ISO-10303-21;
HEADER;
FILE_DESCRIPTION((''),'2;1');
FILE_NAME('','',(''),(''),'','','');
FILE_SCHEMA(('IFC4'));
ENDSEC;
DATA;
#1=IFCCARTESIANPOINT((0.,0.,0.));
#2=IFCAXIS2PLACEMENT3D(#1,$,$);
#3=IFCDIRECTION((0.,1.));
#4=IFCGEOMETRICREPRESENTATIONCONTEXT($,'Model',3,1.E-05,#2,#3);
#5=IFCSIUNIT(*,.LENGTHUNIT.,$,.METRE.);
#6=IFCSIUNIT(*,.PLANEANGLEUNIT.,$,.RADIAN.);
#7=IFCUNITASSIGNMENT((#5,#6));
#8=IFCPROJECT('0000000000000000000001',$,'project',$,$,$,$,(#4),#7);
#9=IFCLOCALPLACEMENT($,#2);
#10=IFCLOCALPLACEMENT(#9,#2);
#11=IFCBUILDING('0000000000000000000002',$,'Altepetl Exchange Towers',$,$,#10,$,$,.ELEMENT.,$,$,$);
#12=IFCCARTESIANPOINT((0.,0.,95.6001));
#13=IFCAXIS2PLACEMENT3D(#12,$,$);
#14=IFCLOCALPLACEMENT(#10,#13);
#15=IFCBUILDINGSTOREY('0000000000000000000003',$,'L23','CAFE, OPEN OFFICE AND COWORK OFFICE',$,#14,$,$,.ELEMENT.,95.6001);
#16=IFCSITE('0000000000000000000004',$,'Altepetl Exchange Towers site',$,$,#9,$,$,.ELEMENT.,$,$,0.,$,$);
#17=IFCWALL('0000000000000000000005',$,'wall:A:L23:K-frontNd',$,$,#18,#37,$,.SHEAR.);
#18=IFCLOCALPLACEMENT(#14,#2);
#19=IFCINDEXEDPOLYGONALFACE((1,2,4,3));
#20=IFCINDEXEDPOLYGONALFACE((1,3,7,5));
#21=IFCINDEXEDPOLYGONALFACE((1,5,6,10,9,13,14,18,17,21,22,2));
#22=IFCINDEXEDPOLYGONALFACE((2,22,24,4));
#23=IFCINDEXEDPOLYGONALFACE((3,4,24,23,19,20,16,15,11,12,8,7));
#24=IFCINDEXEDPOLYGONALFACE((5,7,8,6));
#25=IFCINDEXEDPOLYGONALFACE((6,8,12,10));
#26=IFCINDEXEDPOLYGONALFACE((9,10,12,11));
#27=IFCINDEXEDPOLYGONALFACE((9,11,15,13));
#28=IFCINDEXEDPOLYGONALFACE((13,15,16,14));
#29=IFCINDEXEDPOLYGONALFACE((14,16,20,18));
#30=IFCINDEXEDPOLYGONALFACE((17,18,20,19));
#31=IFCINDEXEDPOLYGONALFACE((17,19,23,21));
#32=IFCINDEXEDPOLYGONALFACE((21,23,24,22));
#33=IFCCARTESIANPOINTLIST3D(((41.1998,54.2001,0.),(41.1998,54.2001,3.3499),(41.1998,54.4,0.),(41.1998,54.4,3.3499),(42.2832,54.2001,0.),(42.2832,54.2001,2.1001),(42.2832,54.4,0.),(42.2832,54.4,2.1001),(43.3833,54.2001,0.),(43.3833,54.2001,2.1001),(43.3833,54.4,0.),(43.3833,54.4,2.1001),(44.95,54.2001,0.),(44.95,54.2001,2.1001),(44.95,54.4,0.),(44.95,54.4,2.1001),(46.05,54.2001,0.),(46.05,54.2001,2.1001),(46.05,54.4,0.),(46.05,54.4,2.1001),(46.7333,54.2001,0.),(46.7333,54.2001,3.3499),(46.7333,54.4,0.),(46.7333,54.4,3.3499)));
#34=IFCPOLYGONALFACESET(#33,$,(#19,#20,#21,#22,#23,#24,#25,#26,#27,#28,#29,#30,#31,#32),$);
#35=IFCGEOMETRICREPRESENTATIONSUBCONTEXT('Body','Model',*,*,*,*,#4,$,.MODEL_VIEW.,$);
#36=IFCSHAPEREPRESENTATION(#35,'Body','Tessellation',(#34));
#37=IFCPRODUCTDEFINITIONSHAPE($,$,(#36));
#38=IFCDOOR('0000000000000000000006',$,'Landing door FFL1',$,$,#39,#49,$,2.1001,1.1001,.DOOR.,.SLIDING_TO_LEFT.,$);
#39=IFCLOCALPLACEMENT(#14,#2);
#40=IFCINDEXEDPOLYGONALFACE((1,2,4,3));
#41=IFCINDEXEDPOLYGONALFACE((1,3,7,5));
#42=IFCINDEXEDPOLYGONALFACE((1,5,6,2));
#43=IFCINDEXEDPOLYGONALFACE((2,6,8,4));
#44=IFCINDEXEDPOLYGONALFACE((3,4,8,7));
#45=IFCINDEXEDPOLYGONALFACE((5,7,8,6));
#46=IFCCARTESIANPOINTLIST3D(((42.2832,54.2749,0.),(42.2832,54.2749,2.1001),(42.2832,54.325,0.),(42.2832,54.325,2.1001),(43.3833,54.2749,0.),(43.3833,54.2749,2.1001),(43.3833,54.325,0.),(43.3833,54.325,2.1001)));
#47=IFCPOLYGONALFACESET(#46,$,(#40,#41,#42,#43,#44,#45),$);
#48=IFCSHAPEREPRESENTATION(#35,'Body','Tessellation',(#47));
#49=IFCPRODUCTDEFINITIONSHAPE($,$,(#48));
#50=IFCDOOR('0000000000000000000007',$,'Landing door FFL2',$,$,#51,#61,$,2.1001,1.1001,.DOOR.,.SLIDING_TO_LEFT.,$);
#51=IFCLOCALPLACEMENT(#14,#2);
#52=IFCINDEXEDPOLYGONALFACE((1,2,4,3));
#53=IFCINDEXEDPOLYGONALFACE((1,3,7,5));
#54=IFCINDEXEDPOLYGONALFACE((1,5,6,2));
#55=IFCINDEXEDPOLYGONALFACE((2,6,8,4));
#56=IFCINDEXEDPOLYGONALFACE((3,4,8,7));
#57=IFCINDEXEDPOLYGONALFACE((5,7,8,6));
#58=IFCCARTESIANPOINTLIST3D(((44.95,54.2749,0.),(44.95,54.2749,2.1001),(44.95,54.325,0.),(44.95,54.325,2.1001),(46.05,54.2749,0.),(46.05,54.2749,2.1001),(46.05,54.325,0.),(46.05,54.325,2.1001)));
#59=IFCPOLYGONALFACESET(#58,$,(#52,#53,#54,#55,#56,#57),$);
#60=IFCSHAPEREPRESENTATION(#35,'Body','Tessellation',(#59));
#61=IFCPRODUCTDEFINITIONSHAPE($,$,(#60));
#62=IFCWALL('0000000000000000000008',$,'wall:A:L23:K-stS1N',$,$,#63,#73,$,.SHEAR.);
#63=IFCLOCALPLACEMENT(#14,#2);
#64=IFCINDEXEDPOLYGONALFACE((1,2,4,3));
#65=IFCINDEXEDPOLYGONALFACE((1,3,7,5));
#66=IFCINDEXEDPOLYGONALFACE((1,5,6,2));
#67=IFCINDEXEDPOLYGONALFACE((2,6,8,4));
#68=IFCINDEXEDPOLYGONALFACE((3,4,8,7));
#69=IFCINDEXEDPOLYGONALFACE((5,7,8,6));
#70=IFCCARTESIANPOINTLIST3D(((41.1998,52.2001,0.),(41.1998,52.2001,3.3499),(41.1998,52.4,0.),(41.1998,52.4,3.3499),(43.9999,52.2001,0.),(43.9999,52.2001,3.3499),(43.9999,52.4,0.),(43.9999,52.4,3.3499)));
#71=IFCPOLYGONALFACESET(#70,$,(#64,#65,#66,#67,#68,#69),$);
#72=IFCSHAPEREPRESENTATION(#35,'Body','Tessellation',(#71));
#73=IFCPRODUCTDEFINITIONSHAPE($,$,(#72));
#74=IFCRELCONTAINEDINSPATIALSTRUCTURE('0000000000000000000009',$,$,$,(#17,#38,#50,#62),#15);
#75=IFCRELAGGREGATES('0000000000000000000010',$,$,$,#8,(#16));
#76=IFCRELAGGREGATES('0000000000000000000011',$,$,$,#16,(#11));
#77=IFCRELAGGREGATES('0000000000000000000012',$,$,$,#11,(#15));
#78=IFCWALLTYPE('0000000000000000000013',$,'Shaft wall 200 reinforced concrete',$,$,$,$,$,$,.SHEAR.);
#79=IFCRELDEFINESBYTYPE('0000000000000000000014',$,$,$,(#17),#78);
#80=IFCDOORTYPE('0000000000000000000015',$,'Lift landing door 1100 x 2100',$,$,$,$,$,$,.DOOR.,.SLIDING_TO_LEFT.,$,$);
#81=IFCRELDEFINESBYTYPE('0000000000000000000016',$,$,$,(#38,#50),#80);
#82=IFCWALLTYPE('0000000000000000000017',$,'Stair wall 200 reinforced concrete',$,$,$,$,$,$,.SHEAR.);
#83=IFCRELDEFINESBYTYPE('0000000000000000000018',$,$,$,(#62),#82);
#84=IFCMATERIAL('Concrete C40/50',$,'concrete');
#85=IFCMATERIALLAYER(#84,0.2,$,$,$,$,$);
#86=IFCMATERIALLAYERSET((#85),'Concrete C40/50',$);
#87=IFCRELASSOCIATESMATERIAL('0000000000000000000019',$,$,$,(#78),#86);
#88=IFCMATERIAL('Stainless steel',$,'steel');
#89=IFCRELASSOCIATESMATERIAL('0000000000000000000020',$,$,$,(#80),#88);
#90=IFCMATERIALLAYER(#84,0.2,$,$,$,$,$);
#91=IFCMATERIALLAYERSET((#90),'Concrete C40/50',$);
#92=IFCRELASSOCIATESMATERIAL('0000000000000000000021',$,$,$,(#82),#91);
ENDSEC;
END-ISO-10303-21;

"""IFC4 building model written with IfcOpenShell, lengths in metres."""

from ifc_helpers import new_model, si_unit, direction, frame, frame_2d, origin, place, context, subcontext, project, spatial, rectangle, extrude, material, layer, layer_set, type_object, element, fill, save


model = new_model("IFC4")

# Units and contexts
model_context = context("Model", 3, precision=1e-05, world=origin(), true_north=direction((0.0, 1.0)))
body_context = subcontext(model_context, "Body", "Model", "MODEL_VIEW")
ifc_project = project(units=[si_unit("LENGTHUNIT", "METRE"), si_unit("PLANEANGLEUNIT", "RADIAN")], contexts=[model_context])

# Site, building, storey
site_placement = place(None, origin())
site = spatial("IfcSite", under=ifc_project, at=site_placement, Name="Altepetl Exchange Towers site", CompositionType="ELEMENT", RefElevation=0.0)
building_placement = place(site_placement, origin())
building = spatial("IfcBuilding", under=site, at=building_placement, Name="Altepetl Exchange Towers", CompositionType="ELEMENT")
storey_placement = place(building_placement, frame((0.0, 0.0, 95.6001)))
storey = spatial("IfcBuildingStorey", under=building, at=storey_placement, Name="L23", Description="CAFE, OPEN OFFICE AND COWORK OFFICE", CompositionType="ELEMENT", Elevation=95.6001)

# Shared definitions
ifc_material_1 = material(Name="Concrete C40/50", Category="concrete")
ifc_layer_1 = layer(ifc_material_1, 0.2)
ifc_layer_set_1 = layer_set([ifc_layer_1], Name="Concrete C40/50")
wall_type_1 = type_object("IfcWallType", Name="Shaft wall 200 reinforced concrete", PredefinedType="SHEAR", material=ifc_layer_set_1)

# Wall, openings, doors
wall_1_placement = place(storey_placement, frame((41.2, 54.3, 0.0)))
wall_1 = element("IfcWall", 1, at=wall_1_placement, inside=storey, type_object=wall_type_1, Name="wall:A:L23:K-frontNd", PredefinedType="SHEAR", context=body_context, shape_type="SweptSolid", body=[
    extrude(rectangle(XDim=5.5334, YDim=0.2, at=frame_2d((2.7666, 0.0))), origin(), (0.0, 0.0, 1.0), 3.3499),
])
opening_1_placement = place(wall_1_placement, frame((1.0833, 0.0, 0.0)))
opening_1 = element("IfcOpeningElement", 2, at=opening_1_placement, cuts=wall_1, PredefinedType="OPENING", context=body_context, shape_type="SweptSolid", body=[
    extrude(rectangle(XDim=1.1001, YDim=2.1001, at=frame_2d((0.55, 1.05))), frame((0.0, 0.1099, 0.0), z_axis=(0.0, -1.0, 0.0), x_axis=(1.0, 0.0, 0.0)), (0.0, 0.0, 1.0), 0.22),
])
opening_2_placement = place(wall_1_placement, frame((3.75, 0.0, 0.0)))
opening_2 = element("IfcOpeningElement", 3, at=opening_2_placement, cuts=wall_1, PredefinedType="OPENING", context=body_context, shape_type="SweptSolid", body=[
    extrude(rectangle(XDim=1.1001, YDim=2.1001, at=frame_2d((0.55, 1.05))), frame((0.0, 0.1099, 0.0), z_axis=(0.0, -1.0, 0.0), x_axis=(1.0, 0.0, 0.0)), (0.0, 0.0, 1.0), 0.22),
])
ifc_material_2 = material(Name="Stainless steel", Category="steel")
door_type_1 = type_object("IfcDoorType", Name="Lift landing door 1100 x 2100", OperationType="SLIDING_TO_LEFT", PredefinedType="DOOR", material=ifc_material_2)
door_1_placement = place(opening_1_placement, origin())
door_1 = element("IfcDoor", 4, at=door_1_placement, inside=storey, type_object=door_type_1, Name="Landing door FFL1", OperationType="SLIDING_TO_LEFT", OverallHeight=2.1001, OverallWidth=1.1001, PredefinedType="DOOR", context=body_context, shape_type="SweptSolid", body=[
    extrude(rectangle(XDim=1.1001, YDim=2.1001, at=frame_2d((0.55, 1.05))), frame((0.0, 0.0249, 0.0), z_axis=(0.0, -1.0, 0.0), x_axis=(1.0, 0.0, 0.0)), (0.0, 0.0, 1.0), 0.05),
])
fill(opening_1, door_1)
door_2_placement = place(opening_2_placement, origin())
door_2 = element("IfcDoor", 5, at=door_2_placement, inside=storey, type_object=door_type_1, Name="Landing door FFL2", OperationType="SLIDING_TO_LEFT", OverallHeight=2.1001, OverallWidth=1.1001, PredefinedType="DOOR", context=body_context, shape_type="SweptSolid", body=[
    extrude(rectangle(XDim=1.1001, YDim=2.1001, at=frame_2d((0.55, 1.05))), frame((0.0, 0.0249, 0.0), z_axis=(0.0, -1.0, 0.0), x_axis=(1.0, 0.0, 0.0)), (0.0, 0.0, 1.0), 0.05),
])
fill(opening_2, door_2)

# Wall
ifc_layer_2 = layer(ifc_material_1, 0.2)
ifc_layer_set_2 = layer_set([ifc_layer_2], Name="Concrete C40/50")
wall_type_2 = type_object("IfcWallType", Name="Stair wall 200 reinforced concrete", PredefinedType="SHEAR", material=ifc_layer_set_2)
wall_2_placement = place(storey_placement, frame((41.2, 52.3, 0.0)))
element("IfcWall", 6, at=wall_2_placement, inside=storey, type_object=wall_type_2, Name="wall:A:L23:K-stS1N", PredefinedType="SHEAR", context=body_context, shape_type="SweptSolid", body=[
    extrude(rectangle(XDim=2.8, YDim=0.2, at=frame_2d((1.3999, 0.0))), origin(), (0.0, 0.0, 1.0), 3.3499),
])

save(model, "model.ifc")
